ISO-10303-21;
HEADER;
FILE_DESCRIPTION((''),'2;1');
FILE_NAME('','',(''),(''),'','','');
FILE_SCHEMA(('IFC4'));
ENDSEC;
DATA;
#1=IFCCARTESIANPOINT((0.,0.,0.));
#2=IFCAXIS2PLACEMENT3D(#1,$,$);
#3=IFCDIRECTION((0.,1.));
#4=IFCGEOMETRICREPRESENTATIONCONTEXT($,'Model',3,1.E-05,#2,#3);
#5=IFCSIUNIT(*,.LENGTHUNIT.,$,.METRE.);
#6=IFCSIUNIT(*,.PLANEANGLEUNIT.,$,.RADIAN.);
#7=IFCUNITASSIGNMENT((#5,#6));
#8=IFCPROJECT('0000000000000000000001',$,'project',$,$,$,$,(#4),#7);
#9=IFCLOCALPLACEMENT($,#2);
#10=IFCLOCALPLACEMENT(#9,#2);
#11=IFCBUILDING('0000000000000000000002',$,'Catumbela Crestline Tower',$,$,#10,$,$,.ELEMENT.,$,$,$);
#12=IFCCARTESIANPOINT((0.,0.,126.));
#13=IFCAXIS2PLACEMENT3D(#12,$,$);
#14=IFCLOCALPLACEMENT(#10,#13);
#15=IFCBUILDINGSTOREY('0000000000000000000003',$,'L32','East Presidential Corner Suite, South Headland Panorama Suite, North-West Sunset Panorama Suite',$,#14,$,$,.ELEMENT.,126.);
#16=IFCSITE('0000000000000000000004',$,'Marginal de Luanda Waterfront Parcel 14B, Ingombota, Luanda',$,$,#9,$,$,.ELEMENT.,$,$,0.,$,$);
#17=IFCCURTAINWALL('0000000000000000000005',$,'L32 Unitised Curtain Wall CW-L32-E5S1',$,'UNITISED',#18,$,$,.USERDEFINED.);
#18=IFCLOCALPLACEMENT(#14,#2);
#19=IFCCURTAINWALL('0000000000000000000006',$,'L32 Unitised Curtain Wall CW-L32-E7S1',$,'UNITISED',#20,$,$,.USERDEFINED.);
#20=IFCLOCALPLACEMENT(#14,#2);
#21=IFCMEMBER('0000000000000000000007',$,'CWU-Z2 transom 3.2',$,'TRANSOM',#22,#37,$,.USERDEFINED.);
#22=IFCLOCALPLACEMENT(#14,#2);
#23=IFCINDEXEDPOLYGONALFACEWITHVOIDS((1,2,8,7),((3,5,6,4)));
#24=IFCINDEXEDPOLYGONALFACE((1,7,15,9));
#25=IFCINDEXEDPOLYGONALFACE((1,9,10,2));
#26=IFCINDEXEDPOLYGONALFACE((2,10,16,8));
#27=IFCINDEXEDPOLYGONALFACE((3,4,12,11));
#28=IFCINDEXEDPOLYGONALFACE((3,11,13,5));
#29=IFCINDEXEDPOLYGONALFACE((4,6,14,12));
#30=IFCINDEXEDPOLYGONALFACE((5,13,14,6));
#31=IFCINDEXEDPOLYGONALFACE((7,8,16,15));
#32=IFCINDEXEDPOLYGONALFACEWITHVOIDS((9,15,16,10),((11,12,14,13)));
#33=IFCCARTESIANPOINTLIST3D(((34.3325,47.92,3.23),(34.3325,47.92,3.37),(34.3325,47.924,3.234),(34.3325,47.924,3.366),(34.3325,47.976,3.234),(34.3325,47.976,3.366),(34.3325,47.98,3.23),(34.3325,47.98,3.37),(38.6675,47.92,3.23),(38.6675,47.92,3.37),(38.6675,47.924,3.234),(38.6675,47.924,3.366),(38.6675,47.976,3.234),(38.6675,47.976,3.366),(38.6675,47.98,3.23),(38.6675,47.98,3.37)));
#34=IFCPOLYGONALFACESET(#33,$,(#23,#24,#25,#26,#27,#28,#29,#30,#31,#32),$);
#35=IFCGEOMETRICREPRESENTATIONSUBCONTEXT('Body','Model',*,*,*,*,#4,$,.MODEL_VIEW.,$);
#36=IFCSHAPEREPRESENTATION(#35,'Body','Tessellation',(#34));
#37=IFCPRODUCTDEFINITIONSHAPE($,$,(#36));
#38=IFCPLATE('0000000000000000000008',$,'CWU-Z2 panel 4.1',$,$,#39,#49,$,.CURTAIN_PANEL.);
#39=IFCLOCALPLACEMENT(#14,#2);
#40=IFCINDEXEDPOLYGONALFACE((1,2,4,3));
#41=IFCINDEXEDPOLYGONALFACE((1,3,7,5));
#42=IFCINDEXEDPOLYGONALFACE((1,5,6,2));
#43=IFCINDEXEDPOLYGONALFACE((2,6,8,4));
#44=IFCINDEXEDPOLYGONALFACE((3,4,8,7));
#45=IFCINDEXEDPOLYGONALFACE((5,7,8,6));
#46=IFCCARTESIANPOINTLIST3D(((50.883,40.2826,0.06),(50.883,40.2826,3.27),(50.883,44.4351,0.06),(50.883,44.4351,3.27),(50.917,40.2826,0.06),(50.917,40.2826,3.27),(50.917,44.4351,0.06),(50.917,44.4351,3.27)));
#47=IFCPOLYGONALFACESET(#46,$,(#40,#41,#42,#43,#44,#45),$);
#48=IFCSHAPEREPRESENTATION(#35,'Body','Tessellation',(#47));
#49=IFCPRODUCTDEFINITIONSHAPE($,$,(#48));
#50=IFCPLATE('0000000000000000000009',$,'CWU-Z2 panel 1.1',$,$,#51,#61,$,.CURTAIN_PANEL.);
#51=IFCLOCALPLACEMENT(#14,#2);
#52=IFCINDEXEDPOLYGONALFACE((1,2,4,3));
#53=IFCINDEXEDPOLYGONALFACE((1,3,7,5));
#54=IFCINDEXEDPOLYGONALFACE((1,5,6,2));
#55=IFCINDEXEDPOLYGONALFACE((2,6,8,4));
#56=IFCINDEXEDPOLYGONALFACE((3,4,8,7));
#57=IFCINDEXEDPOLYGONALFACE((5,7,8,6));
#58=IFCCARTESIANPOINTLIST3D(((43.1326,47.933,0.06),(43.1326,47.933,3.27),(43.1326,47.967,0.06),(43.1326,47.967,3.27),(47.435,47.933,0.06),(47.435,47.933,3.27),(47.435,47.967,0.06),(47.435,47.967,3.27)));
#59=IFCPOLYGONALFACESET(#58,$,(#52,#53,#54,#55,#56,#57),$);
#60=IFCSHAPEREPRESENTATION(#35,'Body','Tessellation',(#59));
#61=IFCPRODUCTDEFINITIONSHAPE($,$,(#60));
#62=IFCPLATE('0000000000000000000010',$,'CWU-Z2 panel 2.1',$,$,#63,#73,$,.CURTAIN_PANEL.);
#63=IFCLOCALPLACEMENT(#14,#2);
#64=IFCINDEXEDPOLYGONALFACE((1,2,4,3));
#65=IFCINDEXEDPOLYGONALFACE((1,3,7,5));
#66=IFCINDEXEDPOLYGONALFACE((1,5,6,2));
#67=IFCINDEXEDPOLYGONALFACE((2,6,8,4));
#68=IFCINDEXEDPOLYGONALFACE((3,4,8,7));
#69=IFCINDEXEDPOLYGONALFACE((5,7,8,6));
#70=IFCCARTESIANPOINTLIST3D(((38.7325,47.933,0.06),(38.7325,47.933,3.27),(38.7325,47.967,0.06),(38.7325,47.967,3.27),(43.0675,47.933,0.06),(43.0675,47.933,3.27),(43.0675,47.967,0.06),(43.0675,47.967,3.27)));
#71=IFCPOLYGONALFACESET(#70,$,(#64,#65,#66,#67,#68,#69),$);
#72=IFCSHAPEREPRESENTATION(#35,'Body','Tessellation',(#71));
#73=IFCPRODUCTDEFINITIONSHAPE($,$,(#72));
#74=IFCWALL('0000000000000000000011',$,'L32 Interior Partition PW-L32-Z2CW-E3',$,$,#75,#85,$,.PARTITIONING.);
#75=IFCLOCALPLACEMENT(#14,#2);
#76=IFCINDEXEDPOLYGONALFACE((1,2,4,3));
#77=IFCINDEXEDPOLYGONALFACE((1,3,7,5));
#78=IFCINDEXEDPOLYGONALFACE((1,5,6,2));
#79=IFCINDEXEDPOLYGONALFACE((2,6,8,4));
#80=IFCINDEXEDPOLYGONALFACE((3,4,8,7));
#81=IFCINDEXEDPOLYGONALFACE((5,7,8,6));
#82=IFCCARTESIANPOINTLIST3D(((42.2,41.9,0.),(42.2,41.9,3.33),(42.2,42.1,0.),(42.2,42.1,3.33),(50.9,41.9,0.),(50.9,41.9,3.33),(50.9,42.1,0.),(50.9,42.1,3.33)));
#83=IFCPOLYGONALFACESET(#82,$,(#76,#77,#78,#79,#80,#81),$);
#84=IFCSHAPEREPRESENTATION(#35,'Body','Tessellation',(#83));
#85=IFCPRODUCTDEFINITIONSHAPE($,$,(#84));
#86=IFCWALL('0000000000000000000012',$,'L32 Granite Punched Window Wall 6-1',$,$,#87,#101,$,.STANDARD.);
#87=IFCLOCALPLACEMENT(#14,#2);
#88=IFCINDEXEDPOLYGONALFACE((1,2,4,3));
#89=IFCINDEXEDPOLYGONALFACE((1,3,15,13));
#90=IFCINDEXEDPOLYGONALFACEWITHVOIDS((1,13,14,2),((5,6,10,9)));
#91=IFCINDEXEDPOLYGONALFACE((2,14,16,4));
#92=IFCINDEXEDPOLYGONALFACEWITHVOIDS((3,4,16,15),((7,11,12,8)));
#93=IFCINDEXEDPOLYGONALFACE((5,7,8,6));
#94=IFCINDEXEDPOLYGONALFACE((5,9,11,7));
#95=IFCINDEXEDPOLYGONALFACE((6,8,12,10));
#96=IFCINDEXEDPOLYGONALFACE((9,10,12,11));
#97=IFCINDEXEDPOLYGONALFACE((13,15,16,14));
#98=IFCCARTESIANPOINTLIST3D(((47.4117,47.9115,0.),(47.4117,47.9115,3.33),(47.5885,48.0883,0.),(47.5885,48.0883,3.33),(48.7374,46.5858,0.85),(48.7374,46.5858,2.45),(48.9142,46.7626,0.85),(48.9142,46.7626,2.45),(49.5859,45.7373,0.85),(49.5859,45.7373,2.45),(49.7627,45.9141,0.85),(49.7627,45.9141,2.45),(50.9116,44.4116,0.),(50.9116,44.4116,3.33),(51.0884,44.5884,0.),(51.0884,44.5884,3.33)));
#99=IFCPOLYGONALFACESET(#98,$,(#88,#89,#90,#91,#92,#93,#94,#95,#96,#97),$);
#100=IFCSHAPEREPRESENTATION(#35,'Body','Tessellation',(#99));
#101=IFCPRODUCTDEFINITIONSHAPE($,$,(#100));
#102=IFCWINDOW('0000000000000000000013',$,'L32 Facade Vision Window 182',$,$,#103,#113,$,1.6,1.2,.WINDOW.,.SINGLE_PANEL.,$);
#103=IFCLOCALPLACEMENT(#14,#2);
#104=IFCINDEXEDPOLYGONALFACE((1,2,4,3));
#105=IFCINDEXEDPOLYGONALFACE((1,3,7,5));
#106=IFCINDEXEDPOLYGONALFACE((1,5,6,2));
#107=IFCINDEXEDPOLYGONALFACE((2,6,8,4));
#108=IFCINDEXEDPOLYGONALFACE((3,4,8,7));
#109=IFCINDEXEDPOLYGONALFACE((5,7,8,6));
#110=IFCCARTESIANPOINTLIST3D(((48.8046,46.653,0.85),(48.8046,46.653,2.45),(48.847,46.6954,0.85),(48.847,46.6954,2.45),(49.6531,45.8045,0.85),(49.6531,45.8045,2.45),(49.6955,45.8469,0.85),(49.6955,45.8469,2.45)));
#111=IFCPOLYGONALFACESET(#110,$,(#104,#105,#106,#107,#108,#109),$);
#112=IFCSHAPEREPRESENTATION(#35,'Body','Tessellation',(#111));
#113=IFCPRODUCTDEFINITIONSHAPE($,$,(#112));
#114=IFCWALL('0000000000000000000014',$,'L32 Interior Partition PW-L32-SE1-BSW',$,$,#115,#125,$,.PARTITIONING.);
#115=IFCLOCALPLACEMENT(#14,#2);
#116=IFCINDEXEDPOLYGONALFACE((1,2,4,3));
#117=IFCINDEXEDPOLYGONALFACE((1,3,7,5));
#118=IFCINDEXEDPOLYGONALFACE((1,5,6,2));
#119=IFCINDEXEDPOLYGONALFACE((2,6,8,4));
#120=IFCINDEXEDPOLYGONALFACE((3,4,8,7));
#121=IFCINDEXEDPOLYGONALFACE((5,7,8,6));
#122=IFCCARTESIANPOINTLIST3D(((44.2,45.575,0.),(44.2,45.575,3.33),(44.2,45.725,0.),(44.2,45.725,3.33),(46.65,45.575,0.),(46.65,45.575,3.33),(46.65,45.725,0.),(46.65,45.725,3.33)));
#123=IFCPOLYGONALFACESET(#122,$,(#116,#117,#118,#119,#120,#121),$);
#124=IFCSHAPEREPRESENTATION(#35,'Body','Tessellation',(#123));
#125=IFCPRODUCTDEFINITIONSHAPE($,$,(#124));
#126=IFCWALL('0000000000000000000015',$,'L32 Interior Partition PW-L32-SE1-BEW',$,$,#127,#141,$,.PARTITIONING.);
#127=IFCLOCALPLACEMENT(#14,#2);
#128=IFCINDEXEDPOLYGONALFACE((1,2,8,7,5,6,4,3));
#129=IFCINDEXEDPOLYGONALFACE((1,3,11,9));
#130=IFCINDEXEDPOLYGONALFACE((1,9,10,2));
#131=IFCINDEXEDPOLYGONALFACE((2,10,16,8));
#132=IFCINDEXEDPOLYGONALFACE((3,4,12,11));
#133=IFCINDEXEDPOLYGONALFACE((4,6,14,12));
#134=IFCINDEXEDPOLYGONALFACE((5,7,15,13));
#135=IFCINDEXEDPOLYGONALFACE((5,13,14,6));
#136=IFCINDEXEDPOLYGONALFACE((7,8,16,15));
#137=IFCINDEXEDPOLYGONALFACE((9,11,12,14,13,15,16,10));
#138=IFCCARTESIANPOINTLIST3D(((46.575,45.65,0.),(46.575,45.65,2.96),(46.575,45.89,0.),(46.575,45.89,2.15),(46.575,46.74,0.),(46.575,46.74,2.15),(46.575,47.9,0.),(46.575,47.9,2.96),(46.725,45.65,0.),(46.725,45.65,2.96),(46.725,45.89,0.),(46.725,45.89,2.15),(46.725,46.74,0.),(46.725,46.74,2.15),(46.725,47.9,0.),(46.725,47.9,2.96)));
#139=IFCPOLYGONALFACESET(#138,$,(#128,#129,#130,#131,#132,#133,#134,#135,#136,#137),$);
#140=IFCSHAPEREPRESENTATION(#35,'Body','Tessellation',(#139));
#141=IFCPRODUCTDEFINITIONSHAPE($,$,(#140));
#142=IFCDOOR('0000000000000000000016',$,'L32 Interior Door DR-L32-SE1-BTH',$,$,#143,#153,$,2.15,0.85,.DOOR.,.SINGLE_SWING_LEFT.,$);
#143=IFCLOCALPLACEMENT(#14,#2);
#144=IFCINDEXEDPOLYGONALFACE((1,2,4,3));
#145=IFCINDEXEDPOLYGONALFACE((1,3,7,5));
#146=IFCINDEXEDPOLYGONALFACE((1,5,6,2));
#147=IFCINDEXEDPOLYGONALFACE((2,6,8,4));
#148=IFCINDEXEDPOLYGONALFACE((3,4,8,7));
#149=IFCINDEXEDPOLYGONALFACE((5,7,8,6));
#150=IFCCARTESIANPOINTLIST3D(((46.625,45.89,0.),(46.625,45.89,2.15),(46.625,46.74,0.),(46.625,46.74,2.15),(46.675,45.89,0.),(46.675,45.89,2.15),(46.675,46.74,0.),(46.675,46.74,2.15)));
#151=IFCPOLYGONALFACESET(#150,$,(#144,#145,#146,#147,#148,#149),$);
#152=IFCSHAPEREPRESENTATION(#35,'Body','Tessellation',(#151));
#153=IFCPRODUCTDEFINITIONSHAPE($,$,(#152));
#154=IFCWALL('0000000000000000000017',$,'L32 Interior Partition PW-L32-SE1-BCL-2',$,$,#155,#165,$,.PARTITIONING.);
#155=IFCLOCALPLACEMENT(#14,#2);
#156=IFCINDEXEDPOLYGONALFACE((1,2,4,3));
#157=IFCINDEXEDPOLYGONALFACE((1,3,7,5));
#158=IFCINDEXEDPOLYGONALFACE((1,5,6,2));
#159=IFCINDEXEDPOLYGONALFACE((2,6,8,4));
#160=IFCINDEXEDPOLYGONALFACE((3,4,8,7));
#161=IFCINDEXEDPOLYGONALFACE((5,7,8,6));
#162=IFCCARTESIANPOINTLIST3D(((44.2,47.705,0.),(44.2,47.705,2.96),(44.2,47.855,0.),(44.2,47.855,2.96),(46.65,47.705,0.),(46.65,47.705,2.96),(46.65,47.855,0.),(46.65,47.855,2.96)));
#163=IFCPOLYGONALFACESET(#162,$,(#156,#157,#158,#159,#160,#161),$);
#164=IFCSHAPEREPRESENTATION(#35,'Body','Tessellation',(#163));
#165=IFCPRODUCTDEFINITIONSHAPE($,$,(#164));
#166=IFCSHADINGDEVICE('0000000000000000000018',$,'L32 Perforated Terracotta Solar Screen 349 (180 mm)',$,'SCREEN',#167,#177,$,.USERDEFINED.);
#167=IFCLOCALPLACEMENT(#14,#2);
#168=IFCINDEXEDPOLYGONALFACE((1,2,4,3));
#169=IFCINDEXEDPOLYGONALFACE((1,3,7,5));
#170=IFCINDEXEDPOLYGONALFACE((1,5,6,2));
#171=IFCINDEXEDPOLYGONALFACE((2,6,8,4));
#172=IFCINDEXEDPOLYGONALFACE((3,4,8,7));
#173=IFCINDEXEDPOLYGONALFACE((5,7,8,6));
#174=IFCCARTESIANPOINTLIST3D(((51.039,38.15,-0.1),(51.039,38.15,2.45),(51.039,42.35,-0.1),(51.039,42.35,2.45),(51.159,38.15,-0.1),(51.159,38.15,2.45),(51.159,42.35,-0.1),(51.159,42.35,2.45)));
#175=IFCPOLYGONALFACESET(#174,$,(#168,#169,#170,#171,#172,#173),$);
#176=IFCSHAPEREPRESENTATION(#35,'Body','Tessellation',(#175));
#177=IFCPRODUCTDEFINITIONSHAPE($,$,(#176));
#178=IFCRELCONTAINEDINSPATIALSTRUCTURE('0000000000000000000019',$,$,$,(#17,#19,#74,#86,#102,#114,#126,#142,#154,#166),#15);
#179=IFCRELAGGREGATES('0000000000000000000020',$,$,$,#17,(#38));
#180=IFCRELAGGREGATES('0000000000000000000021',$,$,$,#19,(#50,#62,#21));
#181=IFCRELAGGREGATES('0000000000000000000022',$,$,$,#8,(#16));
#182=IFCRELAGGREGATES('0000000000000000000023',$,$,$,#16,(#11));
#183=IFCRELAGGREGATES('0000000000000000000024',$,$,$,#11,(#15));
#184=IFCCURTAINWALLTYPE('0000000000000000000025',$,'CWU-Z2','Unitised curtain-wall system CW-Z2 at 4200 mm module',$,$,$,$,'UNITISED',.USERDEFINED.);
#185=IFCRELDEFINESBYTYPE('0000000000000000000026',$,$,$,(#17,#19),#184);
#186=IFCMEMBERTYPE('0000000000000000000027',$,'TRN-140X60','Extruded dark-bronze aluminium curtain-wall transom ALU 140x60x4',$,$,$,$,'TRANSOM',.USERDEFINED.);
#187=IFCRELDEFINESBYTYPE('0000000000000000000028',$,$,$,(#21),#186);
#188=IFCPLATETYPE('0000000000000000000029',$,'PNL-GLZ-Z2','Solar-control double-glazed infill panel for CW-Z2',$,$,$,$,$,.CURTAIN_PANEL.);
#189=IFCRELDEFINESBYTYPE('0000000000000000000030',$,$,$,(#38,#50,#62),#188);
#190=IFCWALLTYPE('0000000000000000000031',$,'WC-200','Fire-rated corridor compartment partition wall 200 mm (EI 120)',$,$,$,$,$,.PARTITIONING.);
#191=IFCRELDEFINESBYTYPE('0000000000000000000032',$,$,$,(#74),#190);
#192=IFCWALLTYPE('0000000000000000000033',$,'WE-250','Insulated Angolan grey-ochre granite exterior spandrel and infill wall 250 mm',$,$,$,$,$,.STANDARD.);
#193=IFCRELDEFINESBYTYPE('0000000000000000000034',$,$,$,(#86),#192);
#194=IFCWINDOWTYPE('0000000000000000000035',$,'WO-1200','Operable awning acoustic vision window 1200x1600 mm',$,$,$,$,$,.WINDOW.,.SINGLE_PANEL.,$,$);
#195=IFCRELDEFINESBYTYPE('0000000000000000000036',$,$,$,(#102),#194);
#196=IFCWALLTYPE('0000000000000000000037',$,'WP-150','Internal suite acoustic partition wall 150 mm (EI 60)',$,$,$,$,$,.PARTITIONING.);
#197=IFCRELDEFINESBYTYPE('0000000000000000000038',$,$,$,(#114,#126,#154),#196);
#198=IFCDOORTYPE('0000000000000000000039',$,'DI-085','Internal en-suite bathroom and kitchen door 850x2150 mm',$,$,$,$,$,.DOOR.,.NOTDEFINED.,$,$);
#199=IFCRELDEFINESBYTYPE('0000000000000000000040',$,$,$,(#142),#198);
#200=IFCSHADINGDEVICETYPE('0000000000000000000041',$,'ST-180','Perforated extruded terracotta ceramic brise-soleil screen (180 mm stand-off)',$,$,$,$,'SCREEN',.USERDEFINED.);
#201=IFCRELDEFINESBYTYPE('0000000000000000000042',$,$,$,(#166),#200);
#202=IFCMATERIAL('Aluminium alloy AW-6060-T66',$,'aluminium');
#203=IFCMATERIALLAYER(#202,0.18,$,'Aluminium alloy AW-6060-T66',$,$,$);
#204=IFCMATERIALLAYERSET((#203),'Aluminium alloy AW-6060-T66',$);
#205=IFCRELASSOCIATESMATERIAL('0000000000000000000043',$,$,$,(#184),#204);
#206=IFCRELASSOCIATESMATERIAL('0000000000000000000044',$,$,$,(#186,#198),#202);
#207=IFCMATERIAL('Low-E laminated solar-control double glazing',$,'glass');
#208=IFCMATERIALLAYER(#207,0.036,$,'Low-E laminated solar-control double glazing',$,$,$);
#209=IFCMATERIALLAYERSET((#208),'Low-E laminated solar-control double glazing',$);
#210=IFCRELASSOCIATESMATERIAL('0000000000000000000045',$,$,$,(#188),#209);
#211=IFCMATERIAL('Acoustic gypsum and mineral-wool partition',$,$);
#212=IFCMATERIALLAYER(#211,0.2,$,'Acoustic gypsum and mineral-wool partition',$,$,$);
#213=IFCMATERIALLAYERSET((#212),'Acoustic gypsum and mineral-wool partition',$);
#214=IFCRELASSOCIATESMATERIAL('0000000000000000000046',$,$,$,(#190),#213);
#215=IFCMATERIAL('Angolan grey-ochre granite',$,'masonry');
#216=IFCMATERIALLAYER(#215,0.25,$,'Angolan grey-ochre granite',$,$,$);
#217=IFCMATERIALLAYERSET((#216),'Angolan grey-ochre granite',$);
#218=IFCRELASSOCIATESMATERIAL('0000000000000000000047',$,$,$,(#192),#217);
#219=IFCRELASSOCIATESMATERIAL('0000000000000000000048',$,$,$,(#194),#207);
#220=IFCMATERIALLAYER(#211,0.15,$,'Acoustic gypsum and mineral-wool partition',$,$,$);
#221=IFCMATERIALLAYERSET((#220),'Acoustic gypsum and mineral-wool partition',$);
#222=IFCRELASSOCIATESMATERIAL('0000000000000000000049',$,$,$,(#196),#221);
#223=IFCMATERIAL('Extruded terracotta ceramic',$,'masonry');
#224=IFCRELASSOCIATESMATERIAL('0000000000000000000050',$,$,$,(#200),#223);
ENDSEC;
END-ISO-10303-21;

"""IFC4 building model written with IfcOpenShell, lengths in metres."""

from ifc_helpers import new_model, si_unit, direction, frame, frame_2d, origin, origin_2d, place, context, subcontext, project, spatial, rectangle, hollow_rectangle, extrude, material, layer, layer_set, material_profile, profile_set, type_object, element, fill, aggregate, save


model = new_model("IFC4")

# Units and contexts
model_context = context("Model", 3, precision=1e-05, world=origin(), true_north=direction((0.0, 1.0)))
body_context = subcontext(model_context, "Body", "Model", "MODEL_VIEW")
ifc_project = project(units=[si_unit("LENGTHUNIT", "METRE"), si_unit("PLANEANGLEUNIT", "RADIAN")], contexts=[model_context])

# Site, building, storey
site_placement = place(None, origin())
site = spatial("IfcSite", under=ifc_project, at=site_placement, Name="Marginal de Luanda Waterfront Parcel 14B, Ingombota, Luanda", CompositionType="ELEMENT", RefElevation=0.0)
building_placement = place(site_placement, origin())
building = spatial("IfcBuilding", under=site, at=building_placement, Name="Catumbela Crestline Tower", CompositionType="ELEMENT")
storey_placement = place(building_placement, frame((0.0, 0.0, 126.0)))
storey = spatial("IfcBuildingStorey", under=building, at=storey_placement, Name="L32", Description="East Presidential Corner Suite, South Headland Panorama Suite, North-West Sunset Panorama Suite", CompositionType="ELEMENT", Elevation=126.0)

# Curtain walls
ifc_material_1 = material(Name="Aluminium alloy AW-6060-T66", Category="aluminium")
ifc_layer_1 = layer(ifc_material_1, 0.18, Name="Aluminium alloy AW-6060-T66")
ifc_layer_set_1 = layer_set([ifc_layer_1], Name="Aluminium alloy AW-6060-T66")
curtain_wall_type = type_object("IfcCurtainWallType", Name="CWU-Z2", Description="Unitised curtain-wall system CW-Z2 at 4200 mm module", ElementType="UNITISED", PredefinedType="USERDEFINED", material=ifc_layer_set_1)
curtain_wall_1_placement = place(storey_placement, origin())
curtain_wall_1 = element("IfcCurtainWall", 1, at=curtain_wall_1_placement, inside=storey, type_object=curtain_wall_type, Name="L32 Unitised Curtain Wall CW-L32-E5S1", ObjectType="UNITISED", PredefinedType="USERDEFINED")
curtain_wall_2_placement = place(storey_placement, origin())
curtain_wall_2 = element("IfcCurtainWall", 2, at=curtain_wall_2_placement, inside=storey, type_object=curtain_wall_type, Name="L32 Unitised Curtain Wall CW-L32-E7S1", ObjectType="UNITISED", PredefinedType="USERDEFINED")

# Member
ifc_material_profile_1 = material_profile(ifc_material_1, hollow_rectangle(XDim=0.06, YDim=0.14, WallThickness=0.004, at=origin_2d()), Name="ALU 140x60x4")
ifc_profile_set_1 = profile_set([ifc_material_profile_1], Name="Aluminium alloy AW-6060-T66")
member_type_1 = type_object("IfcMemberType", Name="TRN-140X60", Description="Extruded dark-bronze aluminium curtain-wall transom ALU 140x60x4", ElementType="TRANSOM", PredefinedType="USERDEFINED", material=ifc_profile_set_1)
member_1_placement = place(storey_placement, frame((38.6675, 47.95, 3.3), z_axis=(-1.0, 0.0, 0.0), x_axis=(0.0, -1.0, 0.0)))
member_1 = element("IfcMember", 3, at=member_1_placement, type_object=member_type_1, Name="CWU-Z2 transom 3.2", ObjectType="TRANSOM", PredefinedType="USERDEFINED", context=body_context, shape_type="SweptSolid", body=[
    extrude(hollow_rectangle(XDim=0.06, YDim=0.14, WallThickness=0.004, at=origin_2d()), origin(), (0.0, 0.0, 1.0), 4.335),
])

# Plates
ifc_material_2 = material(Name="Low-E laminated solar-control double glazing", Category="glass")
ifc_layer_2 = layer(ifc_material_2, 0.036, Name="Low-E laminated solar-control double glazing")
ifc_layer_set_2 = layer_set([ifc_layer_2], Name="Low-E laminated solar-control double glazing")
plate_type = type_object("IfcPlateType", Name="PNL-GLZ-Z2", Description="Solar-control double-glazed infill panel for CW-Z2", PredefinedType="CURTAIN_PANEL", material=ifc_layer_set_2)
plate_1_placement = place(storey_placement, frame((50.9, 42.3588, 0.06), z_axis=(0.0, 0.0, 1.0), x_axis=(0.0, 1.0, 0.0)))
plate_1 = element("IfcPlate", 4, at=plate_1_placement, type_object=plate_type, Name="CWU-Z2 panel 4.1", PredefinedType="CURTAIN_PANEL", context=body_context, shape_type="SweptSolid", body=[
    extrude(rectangle(XDim=4.1525, YDim=0.034, at=origin_2d()), origin(), (0.0, 0.0, 1.0), 3.21),
])
aggregate(curtain_wall_1, [plate_1])
plate_2_placement = place(storey_placement, frame((45.2838, 47.95, 0.06), z_axis=(0.0, 0.0, 1.0), x_axis=(-1.0, 0.0, 0.0)))
plate_2 = element("IfcPlate", 5, at=plate_2_placement, type_object=plate_type, Name="CWU-Z2 panel 1.1", PredefinedType="CURTAIN_PANEL", context=body_context, shape_type="SweptSolid", body=[
    extrude(rectangle(XDim=4.3025, YDim=0.034, at=origin_2d()), origin(), (0.0, 0.0, 1.0), 3.21),
])
plate_3_placement = place(storey_placement, frame((40.9, 47.95, 0.06), z_axis=(0.0, 0.0, 1.0), x_axis=(-1.0, 0.0, 0.0)))
plate_3 = element("IfcPlate", 6, at=plate_3_placement, type_object=plate_type, Name="CWU-Z2 panel 2.1", PredefinedType="CURTAIN_PANEL", context=body_context, shape_type="SweptSolid", body=[
    extrude(rectangle(XDim=4.335, YDim=0.034, at=origin_2d()), origin(), (0.0, 0.0, 1.0), 3.21),
])
aggregate(curtain_wall_2, [plate_2, plate_3, member_1])

# Wall
ifc_material_3 = material(Name="Acoustic gypsum and mineral-wool partition")
ifc_layer_3 = layer(ifc_material_3, 0.2, Name="Acoustic gypsum and mineral-wool partition")
ifc_layer_set_3 = layer_set([ifc_layer_3], Name="Acoustic gypsum and mineral-wool partition")
wall_type_1 = type_object("IfcWallType", Name="WC-200", Description="Fire-rated corridor compartment partition wall 200 mm (EI 120)", PredefinedType="PARTITIONING", material=ifc_layer_set_3)
wall_1_placement = place(storey_placement, frame((42.2, 42.0, 0.0), z_axis=(0.0, 0.0, 1.0), x_axis=(1.0, 0.0, 0.0)))
element("IfcWall", 7, at=wall_1_placement, inside=storey, type_object=wall_type_1, Name="L32 Interior Partition PW-L32-Z2CW-E3", PredefinedType="PARTITIONING", context=body_context, shape_type="SweptSolid", body=[
    extrude(rectangle(XDim=8.7, YDim=0.2, at=frame_2d((4.35, 0.0))), origin(), (0.0, 0.0, 1.0), 3.33),
])

# Wall, opening, window
ifc_material_4 = material(Name="Angolan grey-ochre granite", Category="masonry")
ifc_layer_4 = layer(ifc_material_4, 0.25, Name="Angolan grey-ochre granite")
ifc_layer_set_4 = layer_set([ifc_layer_4], Name="Angolan grey-ochre granite")
wall_type_2 = type_object("IfcWallType", Name="WE-250", Description="Insulated Angolan grey-ochre granite exterior spandrel and infill wall 250 mm", PredefinedType="STANDARD", material=ifc_layer_set_4)
wall_2_placement = place(storey_placement, frame((51.0, 44.5, 0.0), z_axis=(0.0, 0.0, 1.0), x_axis=(-0.707107, 0.707107, 0.0)))
wall_2 = element("IfcWall", 8, at=wall_2_placement, inside=storey, type_object=wall_type_2, Name="L32 Granite Punched Window Wall 6-1", PredefinedType="STANDARD", context=body_context, shape_type="SweptSolid", body=[
    extrude(rectangle(XDim=4.9497, YDim=0.25, at=frame_2d((2.4748, 0.0))), origin(), (0.0, 0.0, 1.0), 3.33),
])
opening_1_placement = place(wall_2_placement, frame((1.8748, 0.0, 0.85)))
opening_1 = element("IfcOpeningElement", 9, at=opening_1_placement, cuts=wall_2, PredefinedType="OPENING", context=body_context, shape_type="SweptSolid", body=[
    extrude(rectangle(XDim=1.2, YDim=1.6, at=frame_2d((0.6, 0.8))), frame((0.0, 0.135, 0.0), z_axis=(0.0, -1.0, 0.0), x_axis=(1.0, 0.0, 0.0)), (0.0, 0.0, 1.0), 0.27),
])
window_type = type_object("IfcWindowType", Name="WO-1200", Description="Operable awning acoustic vision window 1200x1600 mm", PartitioningType="SINGLE_PANEL", PredefinedType="WINDOW", material=ifc_material_2)
window_placement = place(opening_1_placement, origin())
window = element("IfcWindow", 10, at=window_placement, inside=storey, type_object=window_type, Name="L32 Facade Vision Window 182", OverallHeight=1.6, OverallWidth=1.2, PartitioningType="SINGLE_PANEL", PredefinedType="WINDOW", context=body_context, shape_type="SweptSolid", body=[
    extrude(rectangle(XDim=1.2, YDim=1.6, at=frame_2d((0.6, 0.8))), frame((0.0, 0.03, 0.0), z_axis=(0.0, -1.0, 0.0), x_axis=(1.0, 0.0, 0.0)), (0.0, 0.0, 1.0), 0.06),
])
fill(opening_1, window)

# Wall
ifc_layer_5 = layer(ifc_material_3, 0.15, Name="Acoustic gypsum and mineral-wool partition")
ifc_layer_set_5 = layer_set([ifc_layer_5], Name="Acoustic gypsum and mineral-wool partition")
wall_type_3 = type_object("IfcWallType", Name="WP-150", Description="Internal suite acoustic partition wall 150 mm (EI 60)", PredefinedType="PARTITIONING", material=ifc_layer_set_5)
wall_3_placement = place(storey_placement, frame((44.2, 45.65, 0.0), z_axis=(0.0, 0.0, 1.0), x_axis=(1.0, 0.0, 0.0)))
element("IfcWall", 11, at=wall_3_placement, inside=storey, type_object=wall_type_3, Name="L32 Interior Partition PW-L32-SE1-BSW", PredefinedType="PARTITIONING", context=body_context, shape_type="SweptSolid", body=[
    extrude(rectangle(XDim=2.45, YDim=0.15, at=frame_2d((1.225, 0.0))), origin(), (0.0, 0.0, 1.0), 3.33),
])

# Wall, opening, door
wall_4_placement = place(storey_placement, frame((46.65, 45.65, 0.0), z_axis=(0.0, 0.0, 1.0), x_axis=(0.0, 1.0, 0.0)))
wall_4 = element("IfcWall", 12, at=wall_4_placement, inside=storey, type_object=wall_type_3, Name="L32 Interior Partition PW-L32-SE1-BEW", PredefinedType="PARTITIONING", context=body_context, shape_type="SweptSolid", body=[
    extrude(rectangle(XDim=2.25, YDim=0.15, at=frame_2d((1.125, 0.0))), origin(), (0.0, 0.0, 1.0), 2.96),
])
opening_2_placement = place(wall_4_placement, frame((0.24, 0.0, 0.0)))
opening_2 = element("IfcOpeningElement", 13, at=opening_2_placement, cuts=wall_4, PredefinedType="OPENING", context=body_context, shape_type="SweptSolid", body=[
    extrude(rectangle(XDim=0.85, YDim=2.15, at=frame_2d((0.425, 1.075))), frame((0.0, 0.085, 0.0), z_axis=(0.0, -1.0, 0.0), x_axis=(1.0, 0.0, 0.0)), (0.0, 0.0, 1.0), 0.17),
])
door_type = type_object("IfcDoorType", Name="DI-085", Description="Internal en-suite bathroom and kitchen door 850x2150 mm", OperationType="NOTDEFINED", PredefinedType="DOOR", material=ifc_material_1)
door_placement = place(opening_2_placement, origin())
door = element("IfcDoor", 14, at=door_placement, inside=storey, type_object=door_type, Name="L32 Interior Door DR-L32-SE1-BTH", OperationType="SINGLE_SWING_LEFT", OverallHeight=2.15, OverallWidth=0.85, PredefinedType="DOOR", context=body_context, shape_type="SweptSolid", body=[
    extrude(rectangle(XDim=0.85, YDim=2.15, at=frame_2d((0.425, 1.075))), frame((0.0, 0.025, 0.0), z_axis=(0.0, -1.0, 0.0), x_axis=(1.0, 0.0, 0.0)), (0.0, 0.0, 1.0), 0.05),
])
fill(opening_2, door)

# Wall
wall_5_placement = place(storey_placement, frame((44.2, 47.78, 0.0), z_axis=(0.0, 0.0, 1.0), x_axis=(1.0, 0.0, 0.0)))
element("IfcWall", 15, at=wall_5_placement, inside=storey, type_object=wall_type_3, Name="L32 Interior Partition PW-L32-SE1-BCL-2", PredefinedType="PARTITIONING", context=body_context, shape_type="SweptSolid", body=[
    extrude(rectangle(XDim=2.45, YDim=0.15, at=frame_2d((1.225, 0.0))), origin(), (0.0, 0.0, 1.0), 2.96),
])

# Shading device
ifc_material_5 = material(Name="Extruded terracotta ceramic", Category="masonry")
shading_device_type = type_object("IfcShadingDeviceType", Name="ST-180", Description="Perforated extruded terracotta ceramic brise-soleil screen (180 mm stand-off)", ElementType="SCREEN", PredefinedType="USERDEFINED", material=ifc_material_5)
shading_device_placement = place(storey_placement, frame((51.099, 40.25, -0.1), z_axis=(0.0, 0.0, 1.0), x_axis=(0.0, 1.0, 0.0)))
element("IfcShadingDevice", 16, at=shading_device_placement, inside=storey, type_object=shading_device_type, Name="L32 Perforated Terracotta Solar Screen 349 (180 mm)", ObjectType="SCREEN", PredefinedType="USERDEFINED", context=body_context, shape_type="SweptSolid", body=[
    extrude(rectangle(XDim=4.2, YDim=0.12, at=origin_2d()), origin(), (0.0, 0.0, 1.0), 2.55),
])

save(model, "model.ifc")
